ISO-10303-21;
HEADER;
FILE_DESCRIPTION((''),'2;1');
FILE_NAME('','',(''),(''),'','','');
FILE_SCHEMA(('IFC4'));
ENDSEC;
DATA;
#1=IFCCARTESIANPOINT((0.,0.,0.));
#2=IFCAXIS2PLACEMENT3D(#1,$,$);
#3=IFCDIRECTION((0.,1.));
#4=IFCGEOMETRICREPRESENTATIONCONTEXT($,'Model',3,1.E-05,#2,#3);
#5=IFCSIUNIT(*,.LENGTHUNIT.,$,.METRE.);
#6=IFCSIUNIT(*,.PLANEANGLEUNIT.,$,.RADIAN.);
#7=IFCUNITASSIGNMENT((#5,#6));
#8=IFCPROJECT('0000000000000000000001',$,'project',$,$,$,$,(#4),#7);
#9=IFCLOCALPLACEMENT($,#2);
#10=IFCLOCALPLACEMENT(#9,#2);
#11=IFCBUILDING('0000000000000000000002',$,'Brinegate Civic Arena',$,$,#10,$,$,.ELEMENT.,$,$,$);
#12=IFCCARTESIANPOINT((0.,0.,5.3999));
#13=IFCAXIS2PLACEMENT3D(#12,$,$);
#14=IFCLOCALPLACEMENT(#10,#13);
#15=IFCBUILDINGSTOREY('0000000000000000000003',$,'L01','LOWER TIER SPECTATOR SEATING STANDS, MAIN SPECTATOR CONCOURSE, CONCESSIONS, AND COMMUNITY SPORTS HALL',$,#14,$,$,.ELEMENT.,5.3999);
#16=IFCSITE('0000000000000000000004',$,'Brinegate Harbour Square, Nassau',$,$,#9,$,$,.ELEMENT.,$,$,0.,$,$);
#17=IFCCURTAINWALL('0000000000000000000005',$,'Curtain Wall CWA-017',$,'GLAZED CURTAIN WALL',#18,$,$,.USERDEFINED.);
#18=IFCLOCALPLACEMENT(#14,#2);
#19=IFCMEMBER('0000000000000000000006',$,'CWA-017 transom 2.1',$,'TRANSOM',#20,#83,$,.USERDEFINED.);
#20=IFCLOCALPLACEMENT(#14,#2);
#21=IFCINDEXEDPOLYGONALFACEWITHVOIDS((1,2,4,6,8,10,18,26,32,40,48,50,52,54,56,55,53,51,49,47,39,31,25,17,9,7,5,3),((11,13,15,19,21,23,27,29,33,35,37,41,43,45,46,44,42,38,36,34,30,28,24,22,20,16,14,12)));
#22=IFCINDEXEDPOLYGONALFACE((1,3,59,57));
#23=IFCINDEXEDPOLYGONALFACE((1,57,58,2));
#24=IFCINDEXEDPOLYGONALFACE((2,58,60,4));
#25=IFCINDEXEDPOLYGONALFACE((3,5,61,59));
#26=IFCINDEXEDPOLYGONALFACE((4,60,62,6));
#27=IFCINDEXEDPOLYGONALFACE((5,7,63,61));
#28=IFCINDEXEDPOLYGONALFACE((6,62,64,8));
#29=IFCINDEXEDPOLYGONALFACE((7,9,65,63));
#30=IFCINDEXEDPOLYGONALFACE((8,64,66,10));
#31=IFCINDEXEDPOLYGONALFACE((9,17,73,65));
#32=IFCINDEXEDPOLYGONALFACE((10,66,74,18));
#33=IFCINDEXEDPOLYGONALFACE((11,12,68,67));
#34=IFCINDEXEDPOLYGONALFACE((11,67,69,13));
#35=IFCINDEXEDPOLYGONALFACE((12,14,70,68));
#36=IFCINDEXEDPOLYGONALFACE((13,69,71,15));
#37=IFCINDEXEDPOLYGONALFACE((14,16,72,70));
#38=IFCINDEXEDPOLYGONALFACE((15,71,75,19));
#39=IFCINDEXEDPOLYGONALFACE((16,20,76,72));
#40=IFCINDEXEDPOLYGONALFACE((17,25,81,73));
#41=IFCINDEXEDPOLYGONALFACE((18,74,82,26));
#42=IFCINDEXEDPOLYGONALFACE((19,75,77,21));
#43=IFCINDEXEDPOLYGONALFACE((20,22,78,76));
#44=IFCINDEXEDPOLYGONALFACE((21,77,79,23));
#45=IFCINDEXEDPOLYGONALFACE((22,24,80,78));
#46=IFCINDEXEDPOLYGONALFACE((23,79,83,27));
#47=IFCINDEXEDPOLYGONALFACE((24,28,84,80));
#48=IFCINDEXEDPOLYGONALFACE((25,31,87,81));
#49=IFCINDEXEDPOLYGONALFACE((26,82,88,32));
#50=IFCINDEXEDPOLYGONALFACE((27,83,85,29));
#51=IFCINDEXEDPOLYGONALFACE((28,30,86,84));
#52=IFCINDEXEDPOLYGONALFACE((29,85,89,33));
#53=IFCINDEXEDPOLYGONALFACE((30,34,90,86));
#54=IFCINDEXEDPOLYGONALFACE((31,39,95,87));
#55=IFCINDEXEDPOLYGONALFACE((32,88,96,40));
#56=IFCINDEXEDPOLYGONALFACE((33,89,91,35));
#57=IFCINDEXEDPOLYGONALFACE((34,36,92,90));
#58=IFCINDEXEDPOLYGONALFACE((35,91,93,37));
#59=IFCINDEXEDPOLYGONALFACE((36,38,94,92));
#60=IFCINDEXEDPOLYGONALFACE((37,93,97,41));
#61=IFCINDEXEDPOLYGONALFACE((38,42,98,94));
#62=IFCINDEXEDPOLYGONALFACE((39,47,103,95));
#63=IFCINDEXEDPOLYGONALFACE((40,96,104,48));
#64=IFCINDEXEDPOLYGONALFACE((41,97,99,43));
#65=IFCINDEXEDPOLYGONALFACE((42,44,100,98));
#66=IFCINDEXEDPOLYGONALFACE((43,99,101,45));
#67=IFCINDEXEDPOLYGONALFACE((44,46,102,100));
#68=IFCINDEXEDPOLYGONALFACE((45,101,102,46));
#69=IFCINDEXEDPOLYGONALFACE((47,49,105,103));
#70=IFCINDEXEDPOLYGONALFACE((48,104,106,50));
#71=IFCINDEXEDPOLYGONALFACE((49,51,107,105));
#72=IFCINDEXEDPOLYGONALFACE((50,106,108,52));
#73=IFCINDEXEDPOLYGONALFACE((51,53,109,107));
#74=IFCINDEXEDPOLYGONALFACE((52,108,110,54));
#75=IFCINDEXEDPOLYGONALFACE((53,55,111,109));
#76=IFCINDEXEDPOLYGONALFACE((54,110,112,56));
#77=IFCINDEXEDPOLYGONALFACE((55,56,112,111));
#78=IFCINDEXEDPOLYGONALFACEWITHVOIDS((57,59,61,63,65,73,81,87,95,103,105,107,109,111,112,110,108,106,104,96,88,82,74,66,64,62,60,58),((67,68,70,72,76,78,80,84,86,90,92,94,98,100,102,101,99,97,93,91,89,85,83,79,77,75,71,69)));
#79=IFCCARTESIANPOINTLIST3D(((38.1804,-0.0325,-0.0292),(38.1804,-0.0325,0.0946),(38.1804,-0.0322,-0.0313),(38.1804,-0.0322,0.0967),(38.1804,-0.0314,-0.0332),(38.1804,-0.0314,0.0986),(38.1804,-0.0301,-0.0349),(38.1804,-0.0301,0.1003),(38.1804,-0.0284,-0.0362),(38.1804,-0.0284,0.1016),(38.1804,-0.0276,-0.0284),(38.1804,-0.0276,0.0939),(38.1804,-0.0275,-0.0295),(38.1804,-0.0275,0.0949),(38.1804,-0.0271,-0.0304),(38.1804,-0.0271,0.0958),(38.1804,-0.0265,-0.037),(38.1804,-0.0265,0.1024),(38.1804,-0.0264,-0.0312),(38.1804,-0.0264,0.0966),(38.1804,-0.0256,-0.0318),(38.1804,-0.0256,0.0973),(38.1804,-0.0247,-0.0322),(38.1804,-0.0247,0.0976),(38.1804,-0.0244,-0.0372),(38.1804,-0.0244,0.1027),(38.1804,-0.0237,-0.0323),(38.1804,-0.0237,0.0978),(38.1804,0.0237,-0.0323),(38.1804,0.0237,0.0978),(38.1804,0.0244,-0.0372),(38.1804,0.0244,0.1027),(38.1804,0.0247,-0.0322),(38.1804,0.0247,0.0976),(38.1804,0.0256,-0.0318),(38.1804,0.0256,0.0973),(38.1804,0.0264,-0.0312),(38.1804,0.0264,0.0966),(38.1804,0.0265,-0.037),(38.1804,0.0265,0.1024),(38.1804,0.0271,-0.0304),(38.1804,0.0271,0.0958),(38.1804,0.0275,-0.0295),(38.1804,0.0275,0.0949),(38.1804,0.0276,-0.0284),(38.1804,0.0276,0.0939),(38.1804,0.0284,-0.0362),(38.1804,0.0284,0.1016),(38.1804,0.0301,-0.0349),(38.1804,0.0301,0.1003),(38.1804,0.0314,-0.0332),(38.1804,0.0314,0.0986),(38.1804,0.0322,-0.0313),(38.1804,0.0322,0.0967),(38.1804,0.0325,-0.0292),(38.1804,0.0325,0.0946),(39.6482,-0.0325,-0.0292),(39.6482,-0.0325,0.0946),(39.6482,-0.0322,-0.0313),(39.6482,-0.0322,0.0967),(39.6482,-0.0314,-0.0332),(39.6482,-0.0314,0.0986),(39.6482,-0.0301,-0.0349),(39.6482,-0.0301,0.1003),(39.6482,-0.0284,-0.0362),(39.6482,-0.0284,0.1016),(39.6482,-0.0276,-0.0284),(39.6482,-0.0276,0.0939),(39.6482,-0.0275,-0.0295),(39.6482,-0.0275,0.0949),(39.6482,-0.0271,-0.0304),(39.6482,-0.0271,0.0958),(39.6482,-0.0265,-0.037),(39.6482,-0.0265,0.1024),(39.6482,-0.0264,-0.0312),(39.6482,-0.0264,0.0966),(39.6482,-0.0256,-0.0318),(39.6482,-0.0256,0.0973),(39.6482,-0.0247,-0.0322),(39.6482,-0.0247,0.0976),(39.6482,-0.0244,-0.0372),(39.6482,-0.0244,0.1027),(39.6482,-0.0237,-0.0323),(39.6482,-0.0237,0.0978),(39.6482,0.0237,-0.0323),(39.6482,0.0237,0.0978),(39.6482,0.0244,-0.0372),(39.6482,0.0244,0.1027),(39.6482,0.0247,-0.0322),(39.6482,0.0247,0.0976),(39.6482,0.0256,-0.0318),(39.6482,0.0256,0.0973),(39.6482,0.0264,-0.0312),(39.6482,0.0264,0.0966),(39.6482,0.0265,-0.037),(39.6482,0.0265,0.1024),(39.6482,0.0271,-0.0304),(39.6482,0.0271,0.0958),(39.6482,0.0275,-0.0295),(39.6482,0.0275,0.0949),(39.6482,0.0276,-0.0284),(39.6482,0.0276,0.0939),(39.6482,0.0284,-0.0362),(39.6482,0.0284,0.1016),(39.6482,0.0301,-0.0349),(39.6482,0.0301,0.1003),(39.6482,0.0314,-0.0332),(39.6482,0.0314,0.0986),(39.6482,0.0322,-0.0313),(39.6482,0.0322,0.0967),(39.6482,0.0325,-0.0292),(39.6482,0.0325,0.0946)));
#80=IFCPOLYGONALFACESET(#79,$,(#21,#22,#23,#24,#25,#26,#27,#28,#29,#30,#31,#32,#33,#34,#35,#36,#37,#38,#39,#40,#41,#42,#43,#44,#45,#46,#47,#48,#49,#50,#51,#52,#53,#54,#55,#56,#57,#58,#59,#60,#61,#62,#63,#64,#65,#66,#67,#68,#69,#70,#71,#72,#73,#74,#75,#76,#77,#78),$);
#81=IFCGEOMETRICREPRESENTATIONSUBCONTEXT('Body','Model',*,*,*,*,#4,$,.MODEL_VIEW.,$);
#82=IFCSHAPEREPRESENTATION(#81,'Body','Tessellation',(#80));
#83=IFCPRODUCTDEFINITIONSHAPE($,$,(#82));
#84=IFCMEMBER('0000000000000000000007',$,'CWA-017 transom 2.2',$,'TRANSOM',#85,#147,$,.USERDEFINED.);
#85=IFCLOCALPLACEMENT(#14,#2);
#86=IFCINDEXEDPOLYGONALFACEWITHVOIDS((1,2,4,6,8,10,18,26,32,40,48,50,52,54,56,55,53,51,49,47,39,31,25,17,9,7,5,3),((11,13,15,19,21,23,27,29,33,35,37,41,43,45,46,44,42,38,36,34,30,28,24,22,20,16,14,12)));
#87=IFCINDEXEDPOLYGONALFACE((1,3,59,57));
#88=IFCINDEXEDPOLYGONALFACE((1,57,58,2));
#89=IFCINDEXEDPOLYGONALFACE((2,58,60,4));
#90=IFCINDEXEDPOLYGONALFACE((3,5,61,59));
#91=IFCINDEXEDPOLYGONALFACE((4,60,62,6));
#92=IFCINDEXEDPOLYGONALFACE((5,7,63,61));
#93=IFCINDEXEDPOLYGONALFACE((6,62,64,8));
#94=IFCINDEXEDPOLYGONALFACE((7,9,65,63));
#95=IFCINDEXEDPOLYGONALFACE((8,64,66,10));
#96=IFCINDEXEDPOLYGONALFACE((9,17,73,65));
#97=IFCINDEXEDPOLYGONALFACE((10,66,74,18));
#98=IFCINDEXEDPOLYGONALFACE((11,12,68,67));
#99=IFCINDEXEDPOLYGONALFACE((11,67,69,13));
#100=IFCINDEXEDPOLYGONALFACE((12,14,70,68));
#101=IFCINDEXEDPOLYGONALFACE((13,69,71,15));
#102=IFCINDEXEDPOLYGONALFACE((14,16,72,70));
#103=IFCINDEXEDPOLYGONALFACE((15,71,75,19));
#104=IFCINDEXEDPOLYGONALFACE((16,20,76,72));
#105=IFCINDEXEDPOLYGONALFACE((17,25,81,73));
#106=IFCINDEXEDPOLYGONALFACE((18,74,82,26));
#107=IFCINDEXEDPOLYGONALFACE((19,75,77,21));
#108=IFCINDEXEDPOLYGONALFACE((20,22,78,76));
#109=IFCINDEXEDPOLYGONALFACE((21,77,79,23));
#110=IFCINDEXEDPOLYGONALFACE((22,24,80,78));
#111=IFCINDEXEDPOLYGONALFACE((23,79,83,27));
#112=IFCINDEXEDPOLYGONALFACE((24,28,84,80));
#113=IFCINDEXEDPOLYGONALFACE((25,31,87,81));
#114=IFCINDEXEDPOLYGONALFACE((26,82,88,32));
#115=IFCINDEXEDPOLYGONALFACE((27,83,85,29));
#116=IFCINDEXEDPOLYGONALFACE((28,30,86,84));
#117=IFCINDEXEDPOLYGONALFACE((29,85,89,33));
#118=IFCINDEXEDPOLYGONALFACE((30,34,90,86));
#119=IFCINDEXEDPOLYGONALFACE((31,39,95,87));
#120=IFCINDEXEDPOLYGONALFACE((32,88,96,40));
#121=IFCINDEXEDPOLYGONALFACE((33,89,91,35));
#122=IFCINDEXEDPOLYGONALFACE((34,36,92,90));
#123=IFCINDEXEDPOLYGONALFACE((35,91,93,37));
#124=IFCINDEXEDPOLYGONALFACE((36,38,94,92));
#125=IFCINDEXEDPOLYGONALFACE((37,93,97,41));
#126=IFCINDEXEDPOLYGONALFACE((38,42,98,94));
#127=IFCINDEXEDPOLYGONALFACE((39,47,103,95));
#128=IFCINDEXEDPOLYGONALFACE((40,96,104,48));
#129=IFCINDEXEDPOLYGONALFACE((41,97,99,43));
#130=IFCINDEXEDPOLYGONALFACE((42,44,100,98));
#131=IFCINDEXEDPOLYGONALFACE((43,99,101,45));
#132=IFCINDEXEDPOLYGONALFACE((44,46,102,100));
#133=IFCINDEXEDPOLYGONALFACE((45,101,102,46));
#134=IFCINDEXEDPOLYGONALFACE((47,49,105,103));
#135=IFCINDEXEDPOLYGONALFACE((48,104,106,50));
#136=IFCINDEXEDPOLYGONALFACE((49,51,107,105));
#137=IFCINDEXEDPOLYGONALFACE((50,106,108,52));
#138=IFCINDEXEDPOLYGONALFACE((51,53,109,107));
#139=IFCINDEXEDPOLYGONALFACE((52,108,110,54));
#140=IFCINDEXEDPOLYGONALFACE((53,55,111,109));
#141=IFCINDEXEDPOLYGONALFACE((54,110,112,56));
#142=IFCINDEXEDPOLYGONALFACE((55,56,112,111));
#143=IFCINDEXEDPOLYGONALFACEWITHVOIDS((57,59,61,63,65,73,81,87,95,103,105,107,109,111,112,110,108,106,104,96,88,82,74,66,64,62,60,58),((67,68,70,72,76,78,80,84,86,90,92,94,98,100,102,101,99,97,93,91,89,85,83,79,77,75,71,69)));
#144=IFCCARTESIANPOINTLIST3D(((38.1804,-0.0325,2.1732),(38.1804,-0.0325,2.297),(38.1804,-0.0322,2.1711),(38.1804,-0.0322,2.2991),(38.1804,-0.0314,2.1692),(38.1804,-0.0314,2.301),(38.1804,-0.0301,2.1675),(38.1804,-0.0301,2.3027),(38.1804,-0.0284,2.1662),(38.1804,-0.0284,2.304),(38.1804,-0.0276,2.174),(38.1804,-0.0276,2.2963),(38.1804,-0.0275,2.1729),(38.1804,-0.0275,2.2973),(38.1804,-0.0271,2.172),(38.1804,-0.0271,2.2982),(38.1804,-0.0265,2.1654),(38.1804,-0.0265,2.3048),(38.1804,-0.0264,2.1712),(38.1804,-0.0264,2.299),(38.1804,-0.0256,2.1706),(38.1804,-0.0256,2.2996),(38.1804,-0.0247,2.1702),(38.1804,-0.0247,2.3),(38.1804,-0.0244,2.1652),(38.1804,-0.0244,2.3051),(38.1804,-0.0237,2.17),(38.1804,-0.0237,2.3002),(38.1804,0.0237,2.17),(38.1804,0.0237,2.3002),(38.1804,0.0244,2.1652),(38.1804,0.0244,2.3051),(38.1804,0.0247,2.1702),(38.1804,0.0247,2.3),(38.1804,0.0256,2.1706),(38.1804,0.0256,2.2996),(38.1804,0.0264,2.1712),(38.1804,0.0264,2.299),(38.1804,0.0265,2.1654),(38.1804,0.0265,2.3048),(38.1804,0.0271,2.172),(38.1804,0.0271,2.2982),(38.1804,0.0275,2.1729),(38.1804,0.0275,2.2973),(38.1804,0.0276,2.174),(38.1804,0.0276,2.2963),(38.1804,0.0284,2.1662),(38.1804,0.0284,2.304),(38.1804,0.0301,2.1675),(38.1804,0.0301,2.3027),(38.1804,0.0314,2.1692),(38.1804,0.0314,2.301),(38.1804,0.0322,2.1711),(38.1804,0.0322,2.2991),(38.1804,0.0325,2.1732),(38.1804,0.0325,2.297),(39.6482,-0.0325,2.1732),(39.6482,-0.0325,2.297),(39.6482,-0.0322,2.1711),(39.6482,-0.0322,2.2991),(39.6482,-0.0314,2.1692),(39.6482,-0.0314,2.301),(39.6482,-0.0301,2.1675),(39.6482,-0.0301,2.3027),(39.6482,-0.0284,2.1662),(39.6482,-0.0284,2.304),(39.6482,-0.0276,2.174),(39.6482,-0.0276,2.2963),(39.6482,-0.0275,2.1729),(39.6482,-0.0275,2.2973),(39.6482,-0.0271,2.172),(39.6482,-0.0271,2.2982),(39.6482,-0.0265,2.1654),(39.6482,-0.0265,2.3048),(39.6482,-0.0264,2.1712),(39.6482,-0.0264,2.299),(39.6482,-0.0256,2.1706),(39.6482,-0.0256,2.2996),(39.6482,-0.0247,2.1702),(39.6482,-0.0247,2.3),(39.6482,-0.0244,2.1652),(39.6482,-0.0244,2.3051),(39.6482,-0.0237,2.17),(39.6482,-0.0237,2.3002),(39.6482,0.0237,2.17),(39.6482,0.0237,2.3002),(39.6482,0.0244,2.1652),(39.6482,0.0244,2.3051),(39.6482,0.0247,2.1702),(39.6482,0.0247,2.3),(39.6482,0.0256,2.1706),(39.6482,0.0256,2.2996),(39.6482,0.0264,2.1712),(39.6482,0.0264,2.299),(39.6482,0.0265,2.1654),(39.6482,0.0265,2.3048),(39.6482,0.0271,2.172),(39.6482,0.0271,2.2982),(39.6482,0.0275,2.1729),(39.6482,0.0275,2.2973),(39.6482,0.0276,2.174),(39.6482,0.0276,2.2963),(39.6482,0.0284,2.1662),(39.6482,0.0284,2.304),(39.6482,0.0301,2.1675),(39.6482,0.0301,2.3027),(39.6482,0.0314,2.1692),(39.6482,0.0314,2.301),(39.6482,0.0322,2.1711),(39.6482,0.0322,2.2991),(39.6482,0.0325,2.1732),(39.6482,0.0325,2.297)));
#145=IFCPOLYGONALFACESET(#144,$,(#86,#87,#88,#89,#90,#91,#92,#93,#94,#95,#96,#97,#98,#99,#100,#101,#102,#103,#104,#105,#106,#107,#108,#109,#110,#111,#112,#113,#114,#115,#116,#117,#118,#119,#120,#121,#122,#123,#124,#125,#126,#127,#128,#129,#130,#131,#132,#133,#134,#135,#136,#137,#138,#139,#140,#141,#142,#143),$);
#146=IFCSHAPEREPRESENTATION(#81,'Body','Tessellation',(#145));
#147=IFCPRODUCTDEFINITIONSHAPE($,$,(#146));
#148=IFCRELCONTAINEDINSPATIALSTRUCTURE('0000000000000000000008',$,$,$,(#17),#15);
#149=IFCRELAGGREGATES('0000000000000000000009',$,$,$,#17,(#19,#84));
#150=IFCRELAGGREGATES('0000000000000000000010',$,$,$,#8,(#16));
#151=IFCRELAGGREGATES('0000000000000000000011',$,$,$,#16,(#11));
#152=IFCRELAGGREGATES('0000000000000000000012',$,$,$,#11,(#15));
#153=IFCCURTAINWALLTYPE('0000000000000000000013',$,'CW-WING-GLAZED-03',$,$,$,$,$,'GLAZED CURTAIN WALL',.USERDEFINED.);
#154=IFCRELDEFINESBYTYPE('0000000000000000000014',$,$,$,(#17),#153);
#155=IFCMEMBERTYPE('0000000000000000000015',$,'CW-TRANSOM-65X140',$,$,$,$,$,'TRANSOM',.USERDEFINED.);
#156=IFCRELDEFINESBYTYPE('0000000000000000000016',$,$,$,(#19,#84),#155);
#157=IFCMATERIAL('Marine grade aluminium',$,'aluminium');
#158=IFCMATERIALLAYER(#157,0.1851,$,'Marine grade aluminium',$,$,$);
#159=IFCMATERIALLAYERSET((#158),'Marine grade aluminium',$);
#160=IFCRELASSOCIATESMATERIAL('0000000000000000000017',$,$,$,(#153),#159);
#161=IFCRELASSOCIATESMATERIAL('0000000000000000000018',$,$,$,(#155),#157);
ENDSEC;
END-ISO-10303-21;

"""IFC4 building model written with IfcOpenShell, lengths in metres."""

from ifc_helpers import new_model, si_unit, direction, frame, origin, origin_2d, place, context, subcontext, project, spatial, hollow_rectangle, extrude, material, layer, layer_set, material_profile, profile_set, type_object, element, aggregate, save


model = new_model("IFC4")

# Units and contexts
model_context = context("Model", 3, precision=1e-05, world=origin(), true_north=direction((0.0, 1.0)))
body_context = subcontext(model_context, "Body", "Model", "MODEL_VIEW")
ifc_project = project(units=[si_unit("LENGTHUNIT", "METRE"), si_unit("PLANEANGLEUNIT", "RADIAN")], contexts=[model_context])

# Site, building, storey
site_placement = place(None, origin())
site = spatial("IfcSite", under=ifc_project, at=site_placement, Name="Brinegate Harbour Square, Nassau", CompositionType="ELEMENT", RefElevation=0.0)
building_placement = place(site_placement, origin())
building = spatial("IfcBuilding", under=site, at=building_placement, Name="Brinegate Civic Arena", CompositionType="ELEMENT")
storey_placement = place(building_placement, frame((0.0, 0.0, 5.3999)))
storey = spatial("IfcBuildingStorey", under=building, at=storey_placement, Name="L01", Description="LOWER TIER SPECTATOR SEATING STANDS, MAIN SPECTATOR CONCOURSE, CONCESSIONS, AND COMMUNITY SPORTS HALL", CompositionType="ELEMENT", Elevation=5.3999)

# Curtain wall, members
ifc_material_1 = material(Name="Marine grade aluminium", Category="aluminium")
ifc_layer_1 = layer(ifc_material_1, 0.1851, Name="Marine grade aluminium")
ifc_layer_set_1 = layer_set([ifc_layer_1], Name="Marine grade aluminium")
curtain_wall_type = type_object("IfcCurtainWallType", Name="CW-WING-GLAZED-03", ElementType="GLAZED CURTAIN WALL", PredefinedType="USERDEFINED", material=ifc_layer_set_1)
curtain_wall_placement = place(storey_placement, origin())
curtain_wall = element("IfcCurtainWall", 1, at=curtain_wall_placement, inside=storey, type_object=curtain_wall_type, Name="Curtain Wall CWA-017", ObjectType="GLAZED CURTAIN WALL", PredefinedType="USERDEFINED")
ifc_material_profile_1 = material_profile(ifc_material_1, hollow_rectangle(XDim=0.0649, YDim=0.1399, WallThickness=0.0049, InnerFilletRadius=0.0039, OuterFilletRadius=0.0081, at=origin_2d()), Name="TRN65X140")
ifc_profile_set_1 = profile_set([ifc_material_profile_1], Name="Marine grade aluminium")
member_type_1 = type_object("IfcMemberType", Name="CW-TRANSOM-65X140", ElementType="TRANSOM", PredefinedType="USERDEFINED", material=ifc_profile_set_1)
member_1_placement = place(storey_placement, frame((38.1804, 0.0, 0.0327), z_axis=(1.0, 0.0, 0.0), x_axis=(0.0, 1.0, 0.0)))
member_1 = element("IfcMember", 2, at=member_1_placement, type_object=member_type_1, Name="CWA-017 transom 2.1", ObjectType="TRANSOM", PredefinedType="USERDEFINED", context=body_context, shape_type="SweptSolid", body=[
    extrude(hollow_rectangle(XDim=0.0649, YDim=0.1399, WallThickness=0.0049, InnerFilletRadius=0.0039, OuterFilletRadius=0.0081, at=origin_2d()), origin(), (0.0, 0.0, 1.0), 1.4678),
])
member_2_placement = place(storey_placement, frame((38.1804, 0.0, 2.2351), z_axis=(1.0, 0.0, 0.0), x_axis=(0.0, 1.0, 0.0)))
member_2 = element("IfcMember", 3, at=member_2_placement, type_object=member_type_1, Name="CWA-017 transom 2.2", ObjectType="TRANSOM", PredefinedType="USERDEFINED", context=body_context, shape_type="SweptSolid", body=[
    extrude(hollow_rectangle(XDim=0.0649, YDim=0.1399, WallThickness=0.0049, InnerFilletRadius=0.0039, OuterFilletRadius=0.0081, at=origin_2d()), origin(), (0.0, 0.0, 1.0), 1.4678),
])
aggregate(curtain_wall, [member_1, member_2])

save(model, "model.ifc")
